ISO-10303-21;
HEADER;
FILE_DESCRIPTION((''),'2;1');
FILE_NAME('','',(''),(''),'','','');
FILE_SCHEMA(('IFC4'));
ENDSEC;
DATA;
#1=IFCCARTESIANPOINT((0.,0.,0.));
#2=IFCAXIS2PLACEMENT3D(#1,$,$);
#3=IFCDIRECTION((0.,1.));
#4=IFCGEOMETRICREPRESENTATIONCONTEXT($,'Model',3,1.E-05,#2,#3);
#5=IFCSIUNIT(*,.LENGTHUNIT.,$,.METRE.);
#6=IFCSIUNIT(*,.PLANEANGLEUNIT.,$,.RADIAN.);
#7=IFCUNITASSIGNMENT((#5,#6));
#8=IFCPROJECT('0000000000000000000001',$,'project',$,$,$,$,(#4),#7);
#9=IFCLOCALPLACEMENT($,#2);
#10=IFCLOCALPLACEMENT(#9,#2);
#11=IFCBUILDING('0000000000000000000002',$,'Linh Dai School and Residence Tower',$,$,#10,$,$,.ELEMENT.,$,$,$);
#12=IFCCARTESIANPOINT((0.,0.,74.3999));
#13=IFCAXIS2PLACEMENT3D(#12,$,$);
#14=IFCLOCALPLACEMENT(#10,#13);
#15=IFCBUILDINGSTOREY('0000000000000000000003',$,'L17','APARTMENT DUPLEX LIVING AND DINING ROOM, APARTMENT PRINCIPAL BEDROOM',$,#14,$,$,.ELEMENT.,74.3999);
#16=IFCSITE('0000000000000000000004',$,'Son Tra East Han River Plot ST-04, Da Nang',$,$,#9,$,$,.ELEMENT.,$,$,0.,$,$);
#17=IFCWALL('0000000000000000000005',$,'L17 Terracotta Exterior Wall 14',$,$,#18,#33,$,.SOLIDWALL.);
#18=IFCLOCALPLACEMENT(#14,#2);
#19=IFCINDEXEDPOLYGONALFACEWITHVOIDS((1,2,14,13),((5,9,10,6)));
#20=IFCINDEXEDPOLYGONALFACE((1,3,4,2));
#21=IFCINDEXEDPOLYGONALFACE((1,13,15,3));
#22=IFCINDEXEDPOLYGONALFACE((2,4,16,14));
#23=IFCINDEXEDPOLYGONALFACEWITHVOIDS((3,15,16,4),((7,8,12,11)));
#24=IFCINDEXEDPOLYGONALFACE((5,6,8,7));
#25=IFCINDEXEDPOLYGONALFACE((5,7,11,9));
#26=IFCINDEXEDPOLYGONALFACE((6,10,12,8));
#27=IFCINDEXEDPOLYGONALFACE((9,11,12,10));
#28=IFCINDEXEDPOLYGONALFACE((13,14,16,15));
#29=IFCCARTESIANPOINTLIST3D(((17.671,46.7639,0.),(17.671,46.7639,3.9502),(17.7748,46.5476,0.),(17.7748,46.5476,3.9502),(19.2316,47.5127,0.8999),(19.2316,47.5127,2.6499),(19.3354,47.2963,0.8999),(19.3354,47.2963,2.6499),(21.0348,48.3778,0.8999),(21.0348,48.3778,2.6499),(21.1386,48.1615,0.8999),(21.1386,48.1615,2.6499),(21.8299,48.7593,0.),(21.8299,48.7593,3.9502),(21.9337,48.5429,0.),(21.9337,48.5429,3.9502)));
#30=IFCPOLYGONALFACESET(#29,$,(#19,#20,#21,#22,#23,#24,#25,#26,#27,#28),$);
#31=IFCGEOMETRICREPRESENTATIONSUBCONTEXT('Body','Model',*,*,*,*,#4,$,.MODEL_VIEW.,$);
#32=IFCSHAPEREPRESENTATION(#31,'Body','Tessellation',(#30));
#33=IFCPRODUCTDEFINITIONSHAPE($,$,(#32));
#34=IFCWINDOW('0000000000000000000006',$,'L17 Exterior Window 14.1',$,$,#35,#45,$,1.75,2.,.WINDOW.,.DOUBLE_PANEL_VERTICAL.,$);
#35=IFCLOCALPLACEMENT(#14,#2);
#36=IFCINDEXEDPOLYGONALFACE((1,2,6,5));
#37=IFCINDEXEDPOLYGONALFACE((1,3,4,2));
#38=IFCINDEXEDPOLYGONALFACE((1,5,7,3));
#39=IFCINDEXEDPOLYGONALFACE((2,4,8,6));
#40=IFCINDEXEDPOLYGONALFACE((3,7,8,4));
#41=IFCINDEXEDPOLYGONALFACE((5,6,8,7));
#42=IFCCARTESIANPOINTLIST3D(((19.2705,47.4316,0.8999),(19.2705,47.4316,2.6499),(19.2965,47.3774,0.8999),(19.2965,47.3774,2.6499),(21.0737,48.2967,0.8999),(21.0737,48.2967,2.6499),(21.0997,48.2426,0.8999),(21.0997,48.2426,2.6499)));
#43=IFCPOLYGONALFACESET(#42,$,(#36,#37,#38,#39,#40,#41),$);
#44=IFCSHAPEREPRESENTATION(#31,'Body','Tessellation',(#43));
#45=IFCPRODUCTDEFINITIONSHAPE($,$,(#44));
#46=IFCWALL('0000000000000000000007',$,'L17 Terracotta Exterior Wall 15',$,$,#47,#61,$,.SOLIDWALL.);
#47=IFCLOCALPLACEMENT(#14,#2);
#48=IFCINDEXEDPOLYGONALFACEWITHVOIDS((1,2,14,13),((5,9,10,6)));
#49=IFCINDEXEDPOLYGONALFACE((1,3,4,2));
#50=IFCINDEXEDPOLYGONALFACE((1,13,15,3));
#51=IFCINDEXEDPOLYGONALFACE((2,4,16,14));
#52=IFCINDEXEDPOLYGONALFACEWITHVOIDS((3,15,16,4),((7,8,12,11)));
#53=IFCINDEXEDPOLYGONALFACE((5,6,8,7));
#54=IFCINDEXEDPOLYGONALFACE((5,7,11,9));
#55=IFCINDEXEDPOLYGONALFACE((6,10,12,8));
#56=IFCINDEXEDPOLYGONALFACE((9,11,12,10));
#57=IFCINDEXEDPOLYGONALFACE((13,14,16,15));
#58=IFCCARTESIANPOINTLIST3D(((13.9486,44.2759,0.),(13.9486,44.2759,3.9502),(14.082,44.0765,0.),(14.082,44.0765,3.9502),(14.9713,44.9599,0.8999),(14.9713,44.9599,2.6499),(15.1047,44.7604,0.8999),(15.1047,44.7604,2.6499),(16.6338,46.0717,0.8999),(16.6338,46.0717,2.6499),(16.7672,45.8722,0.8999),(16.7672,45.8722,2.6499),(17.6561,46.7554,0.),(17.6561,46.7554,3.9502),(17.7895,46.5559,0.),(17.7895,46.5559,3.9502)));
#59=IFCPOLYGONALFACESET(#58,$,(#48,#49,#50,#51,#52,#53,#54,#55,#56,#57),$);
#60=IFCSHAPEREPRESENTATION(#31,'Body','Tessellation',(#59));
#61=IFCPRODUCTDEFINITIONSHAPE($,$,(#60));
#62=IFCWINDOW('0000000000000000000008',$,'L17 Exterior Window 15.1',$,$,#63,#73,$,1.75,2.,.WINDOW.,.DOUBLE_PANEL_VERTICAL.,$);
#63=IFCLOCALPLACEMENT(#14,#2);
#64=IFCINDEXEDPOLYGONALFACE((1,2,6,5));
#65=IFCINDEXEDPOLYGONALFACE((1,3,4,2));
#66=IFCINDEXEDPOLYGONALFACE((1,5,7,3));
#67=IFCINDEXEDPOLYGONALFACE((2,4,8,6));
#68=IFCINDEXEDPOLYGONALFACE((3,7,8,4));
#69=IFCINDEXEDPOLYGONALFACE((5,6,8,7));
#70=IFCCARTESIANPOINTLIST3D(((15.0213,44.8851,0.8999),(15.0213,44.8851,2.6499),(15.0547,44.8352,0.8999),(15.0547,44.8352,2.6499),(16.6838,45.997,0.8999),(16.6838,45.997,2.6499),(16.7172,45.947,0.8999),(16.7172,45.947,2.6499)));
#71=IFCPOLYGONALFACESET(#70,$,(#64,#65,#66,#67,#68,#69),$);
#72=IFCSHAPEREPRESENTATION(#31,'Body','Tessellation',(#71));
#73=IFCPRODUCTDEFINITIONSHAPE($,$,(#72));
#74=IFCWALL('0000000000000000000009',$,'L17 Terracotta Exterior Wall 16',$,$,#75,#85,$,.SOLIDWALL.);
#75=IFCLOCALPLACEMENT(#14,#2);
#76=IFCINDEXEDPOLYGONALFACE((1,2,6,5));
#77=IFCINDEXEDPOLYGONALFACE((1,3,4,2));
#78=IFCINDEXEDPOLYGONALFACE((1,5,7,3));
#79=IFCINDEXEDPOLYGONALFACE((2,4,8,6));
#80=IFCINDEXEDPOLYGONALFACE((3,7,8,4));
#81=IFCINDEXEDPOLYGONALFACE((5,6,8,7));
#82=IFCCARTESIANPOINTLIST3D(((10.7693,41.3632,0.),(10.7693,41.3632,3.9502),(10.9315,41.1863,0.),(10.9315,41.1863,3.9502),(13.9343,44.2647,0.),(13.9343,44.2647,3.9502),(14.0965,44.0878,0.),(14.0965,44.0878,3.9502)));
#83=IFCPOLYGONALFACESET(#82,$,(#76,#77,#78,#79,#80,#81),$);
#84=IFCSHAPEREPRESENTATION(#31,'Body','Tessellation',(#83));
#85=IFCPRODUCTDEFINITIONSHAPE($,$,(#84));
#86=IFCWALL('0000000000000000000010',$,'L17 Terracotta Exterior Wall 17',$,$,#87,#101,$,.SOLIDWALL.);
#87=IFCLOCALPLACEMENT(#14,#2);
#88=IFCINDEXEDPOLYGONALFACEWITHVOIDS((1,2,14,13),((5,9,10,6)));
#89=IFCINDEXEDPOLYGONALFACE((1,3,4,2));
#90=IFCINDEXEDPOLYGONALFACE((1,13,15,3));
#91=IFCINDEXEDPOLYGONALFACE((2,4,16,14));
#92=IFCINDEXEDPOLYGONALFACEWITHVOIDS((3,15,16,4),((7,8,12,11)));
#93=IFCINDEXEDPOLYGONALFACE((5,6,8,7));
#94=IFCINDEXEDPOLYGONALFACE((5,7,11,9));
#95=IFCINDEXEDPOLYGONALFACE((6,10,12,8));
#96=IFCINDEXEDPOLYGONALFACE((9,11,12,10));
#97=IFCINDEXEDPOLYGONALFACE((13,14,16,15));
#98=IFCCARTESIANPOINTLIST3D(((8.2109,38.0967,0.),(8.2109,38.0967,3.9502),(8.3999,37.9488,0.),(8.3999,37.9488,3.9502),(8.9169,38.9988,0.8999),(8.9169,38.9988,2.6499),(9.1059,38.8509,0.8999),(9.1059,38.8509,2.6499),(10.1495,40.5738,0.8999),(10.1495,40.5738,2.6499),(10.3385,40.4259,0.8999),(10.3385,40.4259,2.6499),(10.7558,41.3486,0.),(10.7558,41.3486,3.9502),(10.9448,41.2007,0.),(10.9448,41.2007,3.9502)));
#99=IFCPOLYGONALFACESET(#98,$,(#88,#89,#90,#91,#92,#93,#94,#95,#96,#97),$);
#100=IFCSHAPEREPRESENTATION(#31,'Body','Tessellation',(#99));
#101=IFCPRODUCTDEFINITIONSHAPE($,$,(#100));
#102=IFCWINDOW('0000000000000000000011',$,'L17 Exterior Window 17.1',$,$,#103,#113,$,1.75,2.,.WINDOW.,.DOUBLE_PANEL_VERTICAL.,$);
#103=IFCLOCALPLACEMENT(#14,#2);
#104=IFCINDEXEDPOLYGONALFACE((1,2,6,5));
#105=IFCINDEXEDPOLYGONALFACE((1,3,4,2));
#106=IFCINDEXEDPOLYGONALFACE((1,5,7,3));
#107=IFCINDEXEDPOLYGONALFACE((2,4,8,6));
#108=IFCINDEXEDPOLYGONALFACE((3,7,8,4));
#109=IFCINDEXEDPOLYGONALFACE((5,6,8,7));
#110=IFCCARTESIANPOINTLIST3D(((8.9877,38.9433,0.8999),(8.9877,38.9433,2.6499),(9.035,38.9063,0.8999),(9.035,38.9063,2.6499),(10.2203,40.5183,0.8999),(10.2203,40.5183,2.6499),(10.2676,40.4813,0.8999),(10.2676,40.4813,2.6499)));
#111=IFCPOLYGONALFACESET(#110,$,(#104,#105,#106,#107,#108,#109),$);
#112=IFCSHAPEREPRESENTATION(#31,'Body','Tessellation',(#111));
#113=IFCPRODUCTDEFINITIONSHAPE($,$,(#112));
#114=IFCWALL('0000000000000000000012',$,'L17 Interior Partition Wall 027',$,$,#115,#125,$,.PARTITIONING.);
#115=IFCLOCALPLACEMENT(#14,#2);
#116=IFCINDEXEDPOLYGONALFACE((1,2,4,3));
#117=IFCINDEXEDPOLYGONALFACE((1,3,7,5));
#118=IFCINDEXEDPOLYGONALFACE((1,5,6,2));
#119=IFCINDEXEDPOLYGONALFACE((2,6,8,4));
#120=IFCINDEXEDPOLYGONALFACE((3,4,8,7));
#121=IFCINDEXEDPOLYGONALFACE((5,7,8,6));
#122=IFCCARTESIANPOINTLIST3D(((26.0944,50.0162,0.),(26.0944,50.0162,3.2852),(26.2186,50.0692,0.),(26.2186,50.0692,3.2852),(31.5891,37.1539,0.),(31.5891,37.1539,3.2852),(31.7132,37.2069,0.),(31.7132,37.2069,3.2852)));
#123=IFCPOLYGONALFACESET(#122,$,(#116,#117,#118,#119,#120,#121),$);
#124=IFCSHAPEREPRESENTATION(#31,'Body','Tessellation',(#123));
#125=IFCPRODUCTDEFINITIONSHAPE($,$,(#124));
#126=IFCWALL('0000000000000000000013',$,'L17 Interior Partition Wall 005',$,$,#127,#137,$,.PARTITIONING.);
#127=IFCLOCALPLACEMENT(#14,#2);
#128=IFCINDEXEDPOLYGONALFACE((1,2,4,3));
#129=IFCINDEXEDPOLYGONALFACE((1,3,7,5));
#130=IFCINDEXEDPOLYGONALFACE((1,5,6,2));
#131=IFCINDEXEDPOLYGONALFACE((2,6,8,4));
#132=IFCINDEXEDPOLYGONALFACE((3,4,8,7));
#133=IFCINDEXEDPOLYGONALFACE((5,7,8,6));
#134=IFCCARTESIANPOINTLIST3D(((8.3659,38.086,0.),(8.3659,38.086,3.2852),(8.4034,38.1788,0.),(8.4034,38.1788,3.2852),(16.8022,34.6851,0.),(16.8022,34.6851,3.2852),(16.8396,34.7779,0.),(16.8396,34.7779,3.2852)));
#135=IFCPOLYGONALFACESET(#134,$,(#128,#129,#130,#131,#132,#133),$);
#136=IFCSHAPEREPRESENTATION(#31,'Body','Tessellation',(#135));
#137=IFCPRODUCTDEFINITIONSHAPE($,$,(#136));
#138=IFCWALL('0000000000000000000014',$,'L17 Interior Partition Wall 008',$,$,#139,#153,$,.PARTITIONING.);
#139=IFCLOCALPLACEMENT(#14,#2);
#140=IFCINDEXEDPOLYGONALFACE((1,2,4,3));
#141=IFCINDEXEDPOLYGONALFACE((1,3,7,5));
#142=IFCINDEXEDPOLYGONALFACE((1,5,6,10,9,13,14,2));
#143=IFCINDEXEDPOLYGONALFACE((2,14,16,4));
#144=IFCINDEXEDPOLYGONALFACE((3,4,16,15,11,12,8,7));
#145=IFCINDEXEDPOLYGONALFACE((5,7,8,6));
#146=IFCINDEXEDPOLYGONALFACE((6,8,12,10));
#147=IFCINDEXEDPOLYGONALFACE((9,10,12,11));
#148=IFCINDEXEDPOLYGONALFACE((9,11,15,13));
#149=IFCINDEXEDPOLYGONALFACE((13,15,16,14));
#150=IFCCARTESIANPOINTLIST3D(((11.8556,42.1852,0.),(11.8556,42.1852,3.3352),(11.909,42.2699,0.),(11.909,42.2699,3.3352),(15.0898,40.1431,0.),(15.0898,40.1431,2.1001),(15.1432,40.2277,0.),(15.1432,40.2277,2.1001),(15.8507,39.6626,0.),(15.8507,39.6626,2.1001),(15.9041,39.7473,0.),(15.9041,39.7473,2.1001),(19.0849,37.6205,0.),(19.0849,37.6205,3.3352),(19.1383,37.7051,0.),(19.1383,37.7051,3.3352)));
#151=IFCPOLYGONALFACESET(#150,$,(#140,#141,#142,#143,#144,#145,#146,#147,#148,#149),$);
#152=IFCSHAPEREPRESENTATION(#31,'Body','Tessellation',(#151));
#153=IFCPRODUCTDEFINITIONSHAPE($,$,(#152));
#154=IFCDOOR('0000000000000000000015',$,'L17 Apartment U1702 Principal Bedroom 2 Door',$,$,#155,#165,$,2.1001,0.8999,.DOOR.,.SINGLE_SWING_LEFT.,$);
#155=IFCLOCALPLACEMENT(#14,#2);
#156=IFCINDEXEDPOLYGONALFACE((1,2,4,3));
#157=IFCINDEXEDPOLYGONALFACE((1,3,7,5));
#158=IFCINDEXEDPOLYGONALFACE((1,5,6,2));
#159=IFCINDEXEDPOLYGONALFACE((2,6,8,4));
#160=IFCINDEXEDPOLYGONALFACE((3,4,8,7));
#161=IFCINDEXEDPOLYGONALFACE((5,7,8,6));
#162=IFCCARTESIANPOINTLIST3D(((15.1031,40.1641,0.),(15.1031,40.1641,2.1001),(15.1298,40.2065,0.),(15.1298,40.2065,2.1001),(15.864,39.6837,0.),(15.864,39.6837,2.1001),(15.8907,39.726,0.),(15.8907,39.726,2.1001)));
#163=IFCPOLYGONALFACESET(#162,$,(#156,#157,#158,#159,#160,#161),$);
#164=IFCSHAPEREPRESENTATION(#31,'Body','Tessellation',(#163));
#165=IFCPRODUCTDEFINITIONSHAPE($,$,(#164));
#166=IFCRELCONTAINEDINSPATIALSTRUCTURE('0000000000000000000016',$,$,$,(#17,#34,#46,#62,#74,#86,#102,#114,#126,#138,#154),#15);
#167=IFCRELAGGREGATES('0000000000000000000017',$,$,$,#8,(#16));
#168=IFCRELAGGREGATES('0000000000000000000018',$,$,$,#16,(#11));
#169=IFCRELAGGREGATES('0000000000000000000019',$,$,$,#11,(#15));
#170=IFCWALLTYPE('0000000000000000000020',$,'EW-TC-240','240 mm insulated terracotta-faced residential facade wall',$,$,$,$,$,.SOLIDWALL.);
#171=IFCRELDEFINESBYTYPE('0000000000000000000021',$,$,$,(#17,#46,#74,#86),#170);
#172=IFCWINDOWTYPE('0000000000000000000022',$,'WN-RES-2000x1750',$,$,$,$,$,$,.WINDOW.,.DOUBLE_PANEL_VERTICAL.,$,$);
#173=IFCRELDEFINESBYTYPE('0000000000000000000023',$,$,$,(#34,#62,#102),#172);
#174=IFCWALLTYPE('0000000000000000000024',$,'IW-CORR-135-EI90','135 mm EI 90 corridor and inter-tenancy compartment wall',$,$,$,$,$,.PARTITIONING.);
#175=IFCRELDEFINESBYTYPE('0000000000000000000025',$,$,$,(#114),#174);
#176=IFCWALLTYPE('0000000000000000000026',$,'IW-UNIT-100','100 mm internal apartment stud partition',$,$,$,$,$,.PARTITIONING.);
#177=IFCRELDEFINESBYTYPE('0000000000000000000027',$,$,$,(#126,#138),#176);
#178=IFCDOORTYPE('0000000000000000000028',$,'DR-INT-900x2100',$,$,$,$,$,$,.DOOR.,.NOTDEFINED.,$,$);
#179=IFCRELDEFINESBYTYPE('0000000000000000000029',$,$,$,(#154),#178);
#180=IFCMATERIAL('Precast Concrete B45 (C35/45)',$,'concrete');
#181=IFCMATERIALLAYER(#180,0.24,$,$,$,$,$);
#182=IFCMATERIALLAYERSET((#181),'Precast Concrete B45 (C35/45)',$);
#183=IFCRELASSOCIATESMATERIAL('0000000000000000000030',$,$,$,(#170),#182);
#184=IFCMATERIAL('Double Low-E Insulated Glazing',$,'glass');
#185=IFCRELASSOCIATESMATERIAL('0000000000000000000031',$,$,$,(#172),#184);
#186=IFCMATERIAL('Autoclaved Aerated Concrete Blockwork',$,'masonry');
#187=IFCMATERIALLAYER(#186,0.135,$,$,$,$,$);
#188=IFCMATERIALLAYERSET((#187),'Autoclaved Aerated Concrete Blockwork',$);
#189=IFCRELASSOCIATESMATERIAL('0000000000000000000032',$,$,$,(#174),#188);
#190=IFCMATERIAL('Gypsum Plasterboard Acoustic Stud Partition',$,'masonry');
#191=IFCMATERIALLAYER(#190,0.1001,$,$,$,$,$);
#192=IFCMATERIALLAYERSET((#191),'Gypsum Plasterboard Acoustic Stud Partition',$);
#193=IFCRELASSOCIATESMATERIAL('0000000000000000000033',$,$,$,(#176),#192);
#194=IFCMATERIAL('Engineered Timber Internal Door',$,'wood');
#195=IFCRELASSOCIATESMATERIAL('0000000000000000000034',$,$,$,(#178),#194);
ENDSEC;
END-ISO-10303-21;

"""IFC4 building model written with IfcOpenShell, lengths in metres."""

from ifc_helpers import new_model, si_unit, direction, frame, frame_2d, origin, origin_2d, place, context, subcontext, project, spatial, rectangle, extrude, source, transform, mapped, material, layer, layer_set, type_object, element, fill, save


model = new_model("IFC4")

# Units and contexts
model_context = context("Model", 3, precision=1e-05, world=origin(), true_north=direction((0.0, 1.0)))
body_context = subcontext(model_context, "Body", "Model", "MODEL_VIEW")
ifc_project = project(units=[si_unit("LENGTHUNIT", "METRE"), si_unit("PLANEANGLEUNIT", "RADIAN")], contexts=[model_context])

# Site, building, storey
site_placement = place(None, origin())
site = spatial("IfcSite", under=ifc_project, at=site_placement, Name="Son Tra East Han River Plot ST-04, Da Nang", CompositionType="ELEMENT", RefElevation=0.0)
building_placement = place(site_placement, origin())
building = spatial("IfcBuilding", under=site, at=building_placement, Name="Linh Dai School and Residence Tower", CompositionType="ELEMENT")
storey_placement = place(building_placement, frame((0.0, 0.0, 74.3999)))
storey = spatial("IfcBuildingStorey", under=building, at=storey_placement, Name="L17", Description="APARTMENT DUPLEX LIVING AND DINING ROOM, APARTMENT PRINCIPAL BEDROOM", CompositionType="ELEMENT", Elevation=74.3999)

# Shared definitions
ifc_material_1 = material(Name="Precast Concrete B45 (C35/45)", Category="concrete")

# Walls, openings, windows
ifc_layer_1 = layer(ifc_material_1, 0.24)
ifc_layer_set_1 = layer_set([ifc_layer_1], Name="Precast Concrete B45 (C35/45)")
wall_type_1 = type_object("IfcWallType", Name="EW-TC-240", Description="240 mm insulated terracotta-faced residential facade wall", PredefinedType="SOLIDWALL", material=ifc_layer_set_1)
ifc_material_2 = material(Name="Double Low-E Insulated Glazing", Category="glass")
window_type = type_object("IfcWindowType", Name="WN-RES-2000x1750", PartitioningType="DOUBLE_PANEL_VERTICAL", PredefinedType="WINDOW", material=ifc_material_2)
shared_shape_1 = source(origin(), body_context, "Body", "SweptSolid", [
    extrude(rectangle(XDim=2.0, YDim=1.75, at=origin_2d()), frame((1.0, 0.03, 0.875), z_axis=(0.0, -1.0, 0.0), x_axis=(1.0, 0.0, 0.0)), (0.0, 0.0, 1.0), 0.0601),
])
wall_1_placement = place(storey_placement, frame((17.7229, 46.6558, 0.0), z_axis=(0.0, 0.0, 1.0), x_axis=(0.901602, 0.432568, 0.0)))
wall_1 = element("IfcWall", 1, at=wall_1_placement, inside=storey, type_object=wall_type_1, Name="L17 Terracotta Exterior Wall 14", PredefinedType="SOLIDWALL", context=body_context, shape_type="SweptSolid", body=[
    extrude(rectangle(XDim=4.6128, YDim=0.24, at=frame_2d((2.3064, 0.0))), origin(), (0.0, 0.0, 1.0), 3.9502),
])
opening_1_placement = place(wall_1_placement, frame((1.731, 0.0, 0.8999)))
opening_1 = element("IfcOpeningElement", 2, at=opening_1_placement, cuts=wall_1, PredefinedType="OPENING", context=body_context, shape_type="SweptSolid", body=[
    extrude(rectangle(XDim=2.0, YDim=1.75, at=origin_2d()), frame((1.0, 0.1299, 0.875), z_axis=(0.0, -1.0, 0.0), x_axis=(1.0, 0.0, 0.0)), (0.0, 0.0, 1.0), 0.26),
])
window_1_placement = place(opening_1_placement, origin())
window_1 = element("IfcWindow", 3, at=window_1_placement, inside=storey, type_object=window_type, Name="L17 Exterior Window 14.1", OverallHeight=1.75, OverallWidth=2.0, PartitioningType="DOUBLE_PANEL_VERTICAL", PredefinedType="WINDOW", context=body_context, shape_type="MappedRepresentation", body=[
    mapped(shared_shape_1, transform((0.0, 0.0, 0.0), x_axis=(1.0, 0.0, 0.0), y_axis=(0.0, 1.0, 0.0), z_axis=(0.0, 0.0, 1.0), scale=1.0)),
])
fill(opening_1, window_1)
wall_2_placement = place(storey_placement, frame((14.0154, 44.1763, 0.0), z_axis=(0.0, 0.0, 1.0), x_axis=(0.831241, 0.555912, 0.0)))
wall_2 = element("IfcWall", 4, at=wall_2_placement, inside=storey, type_object=wall_type_1, Name="L17 Terracotta Exterior Wall 15", PredefinedType="SOLIDWALL", context=body_context, shape_type="SweptSolid", body=[
    extrude(rectangle(XDim=4.4602, YDim=0.24, at=frame_2d((2.23, 0.0))), origin(), (0.0, 0.0, 1.0), 3.9502),
])
opening_2_placement = place(wall_2_placement, frame((1.2302, 0.0, 0.8999)))
opening_2 = element("IfcOpeningElement", 5, at=opening_2_placement, cuts=wall_2, PredefinedType="OPENING", context=body_context, shape_type="SweptSolid", body=[
    extrude(rectangle(XDim=2.0, YDim=1.75, at=origin_2d()), frame((1.0, 0.1299, 0.875), z_axis=(0.0, -1.0, 0.0), x_axis=(1.0, 0.0, 0.0)), (0.0, 0.0, 1.0), 0.26),
])
window_2_placement = place(opening_2_placement, origin())
window_2 = element("IfcWindow", 6, at=window_2_placement, inside=storey, type_object=window_type, Name="L17 Exterior Window 15.1", OverallHeight=1.75, OverallWidth=2.0, PartitioningType="DOUBLE_PANEL_VERTICAL", PredefinedType="WINDOW", context=body_context, shape_type="MappedRepresentation", body=[
    mapped(shared_shape_1, transform((0.0, 0.0, 0.0), x_axis=(1.0, 0.0, 0.0), y_axis=(0.0, 1.0, 0.0), z_axis=(0.0, 0.0, 1.0), scale=1.0)),
])
fill(opening_2, window_2)

# Wall
wall_3_placement = place(storey_placement, frame((10.8503, 41.2747, 0.0), z_axis=(0.0, 0.0, 1.0), x_axis=(0.737116, 0.675766, 0.0)))
element("IfcWall", 7, at=wall_3_placement, inside=storey, type_object=wall_type_1, Name="L17 Terracotta Exterior Wall 16", PredefinedType="SOLIDWALL", context=body_context, shape_type="SweptSolid", body=[
    extrude(rectangle(XDim=4.2937, YDim=0.24, at=frame_2d((2.147, 0.0))), origin(), (0.0, 0.0, 1.0), 3.9502),
])

# Wall, opening, window
wall_4_placement = place(storey_placement, frame((8.3054, 38.0227, 0.0), z_axis=(0.0, 0.0, 1.0), x_axis=(0.616296, 0.787515, 0.0)))
wall_4 = element("IfcWall", 8, at=wall_4_placement, inside=storey, type_object=wall_type_1, Name="L17 Terracotta Exterior Wall 17", PredefinedType="SOLIDWALL", context=body_context, shape_type="SweptSolid", body=[
    extrude(rectangle(XDim=4.1294, YDim=0.24, at=frame_2d((2.0647, 0.0))), origin(), (0.0, 0.0, 1.0), 3.9502),
])
opening_3_placement = place(wall_4_placement, frame((1.1455, 0.0, 0.8999)))
opening_3 = element("IfcOpeningElement", 9, at=opening_3_placement, cuts=wall_4, PredefinedType="OPENING", context=body_context, shape_type="SweptSolid", body=[
    extrude(rectangle(XDim=2.0, YDim=1.75, at=origin_2d()), frame((1.0, 0.1299, 0.875), z_axis=(0.0, -1.0, 0.0), x_axis=(1.0, 0.0, 0.0)), (0.0, 0.0, 1.0), 0.26),
])
window_3_placement = place(opening_3_placement, origin())
window_3 = element("IfcWindow", 10, at=window_3_placement, inside=storey, type_object=window_type, Name="L17 Exterior Window 17.1", OverallHeight=1.75, OverallWidth=2.0, PartitioningType="DOUBLE_PANEL_VERTICAL", PredefinedType="WINDOW", context=body_context, shape_type="MappedRepresentation", body=[
    mapped(shared_shape_1, transform((0.0, 0.0, 0.0), x_axis=(1.0, 0.0, 0.0), y_axis=(0.0, 1.0, 0.0), z_axis=(0.0, 0.0, 1.0), scale=1.0)),
])
fill(opening_3, window_3)

# Walls
ifc_material_3 = material(Name="Autoclaved Aerated Concrete Blockwork", Category="masonry")
ifc_layer_2 = layer(ifc_material_3, 0.135)
ifc_layer_set_2 = layer_set([ifc_layer_2], Name="Autoclaved Aerated Concrete Blockwork")
wall_type_2 = type_object("IfcWallType", Name="IW-CORR-135-EI90", Description="135 mm EI 90 corridor and inter-tenancy compartment wall", PredefinedType="PARTITIONING", material=ifc_layer_set_2)
wall_5_placement = place(storey_placement, frame((26.1565, 50.0427, 0.0), z_axis=(0.0, 0.0, 1.0), x_axis=(0.392845, -0.919605, 0.0)))
element("IfcWall", 11, at=wall_5_placement, inside=storey, type_object=wall_type_2, Name="L17 Interior Partition Wall 027", PredefinedType="PARTITIONING", context=body_context, shape_type="SweptSolid", body=[
    extrude(rectangle(XDim=13.9868, YDim=0.135, at=frame_2d((6.9934, 0.0))), origin(), (0.0, 0.0, 1.0), 3.2852),
])
ifc_material_4 = material(Name="Gypsum Plasterboard Acoustic Stud Partition", Category="masonry")
ifc_layer_3 = layer(ifc_material_4, 0.1001)
ifc_layer_set_3 = layer_set([ifc_layer_3], Name="Gypsum Plasterboard Acoustic Stud Partition")
wall_type_3 = type_object("IfcWallType", Name="IW-UNIT-100", Description="100 mm internal apartment stud partition", PredefinedType="PARTITIONING", material=ifc_layer_set_3)
wall_6_placement = place(storey_placement, frame((8.3848, 38.1323, 0.0), z_axis=(0.0, 0.0, 1.0), x_axis=(0.927474, -0.373888, 0.0)))
element("IfcWall", 12, at=wall_6_placement, inside=storey, type_object=wall_type_3, Name="L17 Interior Partition Wall 005", PredefinedType="PARTITIONING", context=body_context, shape_type="SweptSolid", body=[
    extrude(rectangle(XDim=9.0959, YDim=0.1001, at=frame_2d((4.5479, 0.0))), origin(), (0.0, 0.0, 1.0), 3.2852),
])

# Wall, opening, door
wall_7_placement = place(storey_placement, frame((11.8823, 42.2275, 0.0), z_axis=(0.0, 0.0, 1.0), x_axis=(0.845549, -0.533897, 0.0)))
wall_7 = element("IfcWall", 13, at=wall_7_placement, inside=storey, type_object=wall_type_3, Name="L17 Interior Partition Wall 008", PredefinedType="PARTITIONING", context=body_context, shape_type="SweptSolid", body=[
    extrude(rectangle(XDim=8.5498, YDim=0.1001, at=frame_2d((4.2749, 0.0))), origin(), (0.0, 0.0, 1.0), 3.3352),
])
opening_4_placement = place(wall_7_placement, frame((3.825, 0.0, 0.0)))
opening_4 = element("IfcOpeningElement", 14, at=opening_4_placement, cuts=wall_7, PredefinedType="OPENING", context=body_context, shape_type="SweptSolid", body=[
    extrude(rectangle(XDim=0.8999, YDim=2.1001, at=origin_2d()), frame((0.45, 0.0601, 1.05), z_axis=(0.0, -1.0, 0.0), x_axis=(1.0, 0.0, 0.0)), (0.0, 0.0, 1.0), 0.1201),
])
ifc_material_5 = material(Name="Engineered Timber Internal Door", Category="wood")
door_type = type_object("IfcDoorType", Name="DR-INT-900x2100", OperationType="NOTDEFINED", PredefinedType="DOOR", material=ifc_material_5)
shared_shape_2 = source(origin(), body_context, "Body", "SweptSolid", [
    extrude(rectangle(XDim=0.8999, YDim=2.1001, at=origin_2d()), frame((0.45, 0.0249, 1.05), z_axis=(0.0, -1.0, 0.0), x_axis=(1.0, 0.0, 0.0)), (0.0, 0.0, 1.0), 0.05),
])
door_1_placement = place(opening_4_placement, origin())
door_1 = element("IfcDoor", 15, at=door_1_placement, inside=storey, type_object=door_type, Name="L17 Apartment U1702 Principal Bedroom 2 Door", OperationType="SINGLE_SWING_LEFT", OverallHeight=2.1001, OverallWidth=0.8999, PredefinedType="DOOR", context=body_context, shape_type="MappedRepresentation", body=[
    mapped(shared_shape_2, transform((0.0, 0.0, 0.0), x_axis=(1.0, 0.0, 0.0), y_axis=(0.0, 1.0, 0.0), z_axis=(0.0, 0.0, 1.0), scale=1.0)),
])
fill(opening_4, door_1)

save(model, "model.ifc")
